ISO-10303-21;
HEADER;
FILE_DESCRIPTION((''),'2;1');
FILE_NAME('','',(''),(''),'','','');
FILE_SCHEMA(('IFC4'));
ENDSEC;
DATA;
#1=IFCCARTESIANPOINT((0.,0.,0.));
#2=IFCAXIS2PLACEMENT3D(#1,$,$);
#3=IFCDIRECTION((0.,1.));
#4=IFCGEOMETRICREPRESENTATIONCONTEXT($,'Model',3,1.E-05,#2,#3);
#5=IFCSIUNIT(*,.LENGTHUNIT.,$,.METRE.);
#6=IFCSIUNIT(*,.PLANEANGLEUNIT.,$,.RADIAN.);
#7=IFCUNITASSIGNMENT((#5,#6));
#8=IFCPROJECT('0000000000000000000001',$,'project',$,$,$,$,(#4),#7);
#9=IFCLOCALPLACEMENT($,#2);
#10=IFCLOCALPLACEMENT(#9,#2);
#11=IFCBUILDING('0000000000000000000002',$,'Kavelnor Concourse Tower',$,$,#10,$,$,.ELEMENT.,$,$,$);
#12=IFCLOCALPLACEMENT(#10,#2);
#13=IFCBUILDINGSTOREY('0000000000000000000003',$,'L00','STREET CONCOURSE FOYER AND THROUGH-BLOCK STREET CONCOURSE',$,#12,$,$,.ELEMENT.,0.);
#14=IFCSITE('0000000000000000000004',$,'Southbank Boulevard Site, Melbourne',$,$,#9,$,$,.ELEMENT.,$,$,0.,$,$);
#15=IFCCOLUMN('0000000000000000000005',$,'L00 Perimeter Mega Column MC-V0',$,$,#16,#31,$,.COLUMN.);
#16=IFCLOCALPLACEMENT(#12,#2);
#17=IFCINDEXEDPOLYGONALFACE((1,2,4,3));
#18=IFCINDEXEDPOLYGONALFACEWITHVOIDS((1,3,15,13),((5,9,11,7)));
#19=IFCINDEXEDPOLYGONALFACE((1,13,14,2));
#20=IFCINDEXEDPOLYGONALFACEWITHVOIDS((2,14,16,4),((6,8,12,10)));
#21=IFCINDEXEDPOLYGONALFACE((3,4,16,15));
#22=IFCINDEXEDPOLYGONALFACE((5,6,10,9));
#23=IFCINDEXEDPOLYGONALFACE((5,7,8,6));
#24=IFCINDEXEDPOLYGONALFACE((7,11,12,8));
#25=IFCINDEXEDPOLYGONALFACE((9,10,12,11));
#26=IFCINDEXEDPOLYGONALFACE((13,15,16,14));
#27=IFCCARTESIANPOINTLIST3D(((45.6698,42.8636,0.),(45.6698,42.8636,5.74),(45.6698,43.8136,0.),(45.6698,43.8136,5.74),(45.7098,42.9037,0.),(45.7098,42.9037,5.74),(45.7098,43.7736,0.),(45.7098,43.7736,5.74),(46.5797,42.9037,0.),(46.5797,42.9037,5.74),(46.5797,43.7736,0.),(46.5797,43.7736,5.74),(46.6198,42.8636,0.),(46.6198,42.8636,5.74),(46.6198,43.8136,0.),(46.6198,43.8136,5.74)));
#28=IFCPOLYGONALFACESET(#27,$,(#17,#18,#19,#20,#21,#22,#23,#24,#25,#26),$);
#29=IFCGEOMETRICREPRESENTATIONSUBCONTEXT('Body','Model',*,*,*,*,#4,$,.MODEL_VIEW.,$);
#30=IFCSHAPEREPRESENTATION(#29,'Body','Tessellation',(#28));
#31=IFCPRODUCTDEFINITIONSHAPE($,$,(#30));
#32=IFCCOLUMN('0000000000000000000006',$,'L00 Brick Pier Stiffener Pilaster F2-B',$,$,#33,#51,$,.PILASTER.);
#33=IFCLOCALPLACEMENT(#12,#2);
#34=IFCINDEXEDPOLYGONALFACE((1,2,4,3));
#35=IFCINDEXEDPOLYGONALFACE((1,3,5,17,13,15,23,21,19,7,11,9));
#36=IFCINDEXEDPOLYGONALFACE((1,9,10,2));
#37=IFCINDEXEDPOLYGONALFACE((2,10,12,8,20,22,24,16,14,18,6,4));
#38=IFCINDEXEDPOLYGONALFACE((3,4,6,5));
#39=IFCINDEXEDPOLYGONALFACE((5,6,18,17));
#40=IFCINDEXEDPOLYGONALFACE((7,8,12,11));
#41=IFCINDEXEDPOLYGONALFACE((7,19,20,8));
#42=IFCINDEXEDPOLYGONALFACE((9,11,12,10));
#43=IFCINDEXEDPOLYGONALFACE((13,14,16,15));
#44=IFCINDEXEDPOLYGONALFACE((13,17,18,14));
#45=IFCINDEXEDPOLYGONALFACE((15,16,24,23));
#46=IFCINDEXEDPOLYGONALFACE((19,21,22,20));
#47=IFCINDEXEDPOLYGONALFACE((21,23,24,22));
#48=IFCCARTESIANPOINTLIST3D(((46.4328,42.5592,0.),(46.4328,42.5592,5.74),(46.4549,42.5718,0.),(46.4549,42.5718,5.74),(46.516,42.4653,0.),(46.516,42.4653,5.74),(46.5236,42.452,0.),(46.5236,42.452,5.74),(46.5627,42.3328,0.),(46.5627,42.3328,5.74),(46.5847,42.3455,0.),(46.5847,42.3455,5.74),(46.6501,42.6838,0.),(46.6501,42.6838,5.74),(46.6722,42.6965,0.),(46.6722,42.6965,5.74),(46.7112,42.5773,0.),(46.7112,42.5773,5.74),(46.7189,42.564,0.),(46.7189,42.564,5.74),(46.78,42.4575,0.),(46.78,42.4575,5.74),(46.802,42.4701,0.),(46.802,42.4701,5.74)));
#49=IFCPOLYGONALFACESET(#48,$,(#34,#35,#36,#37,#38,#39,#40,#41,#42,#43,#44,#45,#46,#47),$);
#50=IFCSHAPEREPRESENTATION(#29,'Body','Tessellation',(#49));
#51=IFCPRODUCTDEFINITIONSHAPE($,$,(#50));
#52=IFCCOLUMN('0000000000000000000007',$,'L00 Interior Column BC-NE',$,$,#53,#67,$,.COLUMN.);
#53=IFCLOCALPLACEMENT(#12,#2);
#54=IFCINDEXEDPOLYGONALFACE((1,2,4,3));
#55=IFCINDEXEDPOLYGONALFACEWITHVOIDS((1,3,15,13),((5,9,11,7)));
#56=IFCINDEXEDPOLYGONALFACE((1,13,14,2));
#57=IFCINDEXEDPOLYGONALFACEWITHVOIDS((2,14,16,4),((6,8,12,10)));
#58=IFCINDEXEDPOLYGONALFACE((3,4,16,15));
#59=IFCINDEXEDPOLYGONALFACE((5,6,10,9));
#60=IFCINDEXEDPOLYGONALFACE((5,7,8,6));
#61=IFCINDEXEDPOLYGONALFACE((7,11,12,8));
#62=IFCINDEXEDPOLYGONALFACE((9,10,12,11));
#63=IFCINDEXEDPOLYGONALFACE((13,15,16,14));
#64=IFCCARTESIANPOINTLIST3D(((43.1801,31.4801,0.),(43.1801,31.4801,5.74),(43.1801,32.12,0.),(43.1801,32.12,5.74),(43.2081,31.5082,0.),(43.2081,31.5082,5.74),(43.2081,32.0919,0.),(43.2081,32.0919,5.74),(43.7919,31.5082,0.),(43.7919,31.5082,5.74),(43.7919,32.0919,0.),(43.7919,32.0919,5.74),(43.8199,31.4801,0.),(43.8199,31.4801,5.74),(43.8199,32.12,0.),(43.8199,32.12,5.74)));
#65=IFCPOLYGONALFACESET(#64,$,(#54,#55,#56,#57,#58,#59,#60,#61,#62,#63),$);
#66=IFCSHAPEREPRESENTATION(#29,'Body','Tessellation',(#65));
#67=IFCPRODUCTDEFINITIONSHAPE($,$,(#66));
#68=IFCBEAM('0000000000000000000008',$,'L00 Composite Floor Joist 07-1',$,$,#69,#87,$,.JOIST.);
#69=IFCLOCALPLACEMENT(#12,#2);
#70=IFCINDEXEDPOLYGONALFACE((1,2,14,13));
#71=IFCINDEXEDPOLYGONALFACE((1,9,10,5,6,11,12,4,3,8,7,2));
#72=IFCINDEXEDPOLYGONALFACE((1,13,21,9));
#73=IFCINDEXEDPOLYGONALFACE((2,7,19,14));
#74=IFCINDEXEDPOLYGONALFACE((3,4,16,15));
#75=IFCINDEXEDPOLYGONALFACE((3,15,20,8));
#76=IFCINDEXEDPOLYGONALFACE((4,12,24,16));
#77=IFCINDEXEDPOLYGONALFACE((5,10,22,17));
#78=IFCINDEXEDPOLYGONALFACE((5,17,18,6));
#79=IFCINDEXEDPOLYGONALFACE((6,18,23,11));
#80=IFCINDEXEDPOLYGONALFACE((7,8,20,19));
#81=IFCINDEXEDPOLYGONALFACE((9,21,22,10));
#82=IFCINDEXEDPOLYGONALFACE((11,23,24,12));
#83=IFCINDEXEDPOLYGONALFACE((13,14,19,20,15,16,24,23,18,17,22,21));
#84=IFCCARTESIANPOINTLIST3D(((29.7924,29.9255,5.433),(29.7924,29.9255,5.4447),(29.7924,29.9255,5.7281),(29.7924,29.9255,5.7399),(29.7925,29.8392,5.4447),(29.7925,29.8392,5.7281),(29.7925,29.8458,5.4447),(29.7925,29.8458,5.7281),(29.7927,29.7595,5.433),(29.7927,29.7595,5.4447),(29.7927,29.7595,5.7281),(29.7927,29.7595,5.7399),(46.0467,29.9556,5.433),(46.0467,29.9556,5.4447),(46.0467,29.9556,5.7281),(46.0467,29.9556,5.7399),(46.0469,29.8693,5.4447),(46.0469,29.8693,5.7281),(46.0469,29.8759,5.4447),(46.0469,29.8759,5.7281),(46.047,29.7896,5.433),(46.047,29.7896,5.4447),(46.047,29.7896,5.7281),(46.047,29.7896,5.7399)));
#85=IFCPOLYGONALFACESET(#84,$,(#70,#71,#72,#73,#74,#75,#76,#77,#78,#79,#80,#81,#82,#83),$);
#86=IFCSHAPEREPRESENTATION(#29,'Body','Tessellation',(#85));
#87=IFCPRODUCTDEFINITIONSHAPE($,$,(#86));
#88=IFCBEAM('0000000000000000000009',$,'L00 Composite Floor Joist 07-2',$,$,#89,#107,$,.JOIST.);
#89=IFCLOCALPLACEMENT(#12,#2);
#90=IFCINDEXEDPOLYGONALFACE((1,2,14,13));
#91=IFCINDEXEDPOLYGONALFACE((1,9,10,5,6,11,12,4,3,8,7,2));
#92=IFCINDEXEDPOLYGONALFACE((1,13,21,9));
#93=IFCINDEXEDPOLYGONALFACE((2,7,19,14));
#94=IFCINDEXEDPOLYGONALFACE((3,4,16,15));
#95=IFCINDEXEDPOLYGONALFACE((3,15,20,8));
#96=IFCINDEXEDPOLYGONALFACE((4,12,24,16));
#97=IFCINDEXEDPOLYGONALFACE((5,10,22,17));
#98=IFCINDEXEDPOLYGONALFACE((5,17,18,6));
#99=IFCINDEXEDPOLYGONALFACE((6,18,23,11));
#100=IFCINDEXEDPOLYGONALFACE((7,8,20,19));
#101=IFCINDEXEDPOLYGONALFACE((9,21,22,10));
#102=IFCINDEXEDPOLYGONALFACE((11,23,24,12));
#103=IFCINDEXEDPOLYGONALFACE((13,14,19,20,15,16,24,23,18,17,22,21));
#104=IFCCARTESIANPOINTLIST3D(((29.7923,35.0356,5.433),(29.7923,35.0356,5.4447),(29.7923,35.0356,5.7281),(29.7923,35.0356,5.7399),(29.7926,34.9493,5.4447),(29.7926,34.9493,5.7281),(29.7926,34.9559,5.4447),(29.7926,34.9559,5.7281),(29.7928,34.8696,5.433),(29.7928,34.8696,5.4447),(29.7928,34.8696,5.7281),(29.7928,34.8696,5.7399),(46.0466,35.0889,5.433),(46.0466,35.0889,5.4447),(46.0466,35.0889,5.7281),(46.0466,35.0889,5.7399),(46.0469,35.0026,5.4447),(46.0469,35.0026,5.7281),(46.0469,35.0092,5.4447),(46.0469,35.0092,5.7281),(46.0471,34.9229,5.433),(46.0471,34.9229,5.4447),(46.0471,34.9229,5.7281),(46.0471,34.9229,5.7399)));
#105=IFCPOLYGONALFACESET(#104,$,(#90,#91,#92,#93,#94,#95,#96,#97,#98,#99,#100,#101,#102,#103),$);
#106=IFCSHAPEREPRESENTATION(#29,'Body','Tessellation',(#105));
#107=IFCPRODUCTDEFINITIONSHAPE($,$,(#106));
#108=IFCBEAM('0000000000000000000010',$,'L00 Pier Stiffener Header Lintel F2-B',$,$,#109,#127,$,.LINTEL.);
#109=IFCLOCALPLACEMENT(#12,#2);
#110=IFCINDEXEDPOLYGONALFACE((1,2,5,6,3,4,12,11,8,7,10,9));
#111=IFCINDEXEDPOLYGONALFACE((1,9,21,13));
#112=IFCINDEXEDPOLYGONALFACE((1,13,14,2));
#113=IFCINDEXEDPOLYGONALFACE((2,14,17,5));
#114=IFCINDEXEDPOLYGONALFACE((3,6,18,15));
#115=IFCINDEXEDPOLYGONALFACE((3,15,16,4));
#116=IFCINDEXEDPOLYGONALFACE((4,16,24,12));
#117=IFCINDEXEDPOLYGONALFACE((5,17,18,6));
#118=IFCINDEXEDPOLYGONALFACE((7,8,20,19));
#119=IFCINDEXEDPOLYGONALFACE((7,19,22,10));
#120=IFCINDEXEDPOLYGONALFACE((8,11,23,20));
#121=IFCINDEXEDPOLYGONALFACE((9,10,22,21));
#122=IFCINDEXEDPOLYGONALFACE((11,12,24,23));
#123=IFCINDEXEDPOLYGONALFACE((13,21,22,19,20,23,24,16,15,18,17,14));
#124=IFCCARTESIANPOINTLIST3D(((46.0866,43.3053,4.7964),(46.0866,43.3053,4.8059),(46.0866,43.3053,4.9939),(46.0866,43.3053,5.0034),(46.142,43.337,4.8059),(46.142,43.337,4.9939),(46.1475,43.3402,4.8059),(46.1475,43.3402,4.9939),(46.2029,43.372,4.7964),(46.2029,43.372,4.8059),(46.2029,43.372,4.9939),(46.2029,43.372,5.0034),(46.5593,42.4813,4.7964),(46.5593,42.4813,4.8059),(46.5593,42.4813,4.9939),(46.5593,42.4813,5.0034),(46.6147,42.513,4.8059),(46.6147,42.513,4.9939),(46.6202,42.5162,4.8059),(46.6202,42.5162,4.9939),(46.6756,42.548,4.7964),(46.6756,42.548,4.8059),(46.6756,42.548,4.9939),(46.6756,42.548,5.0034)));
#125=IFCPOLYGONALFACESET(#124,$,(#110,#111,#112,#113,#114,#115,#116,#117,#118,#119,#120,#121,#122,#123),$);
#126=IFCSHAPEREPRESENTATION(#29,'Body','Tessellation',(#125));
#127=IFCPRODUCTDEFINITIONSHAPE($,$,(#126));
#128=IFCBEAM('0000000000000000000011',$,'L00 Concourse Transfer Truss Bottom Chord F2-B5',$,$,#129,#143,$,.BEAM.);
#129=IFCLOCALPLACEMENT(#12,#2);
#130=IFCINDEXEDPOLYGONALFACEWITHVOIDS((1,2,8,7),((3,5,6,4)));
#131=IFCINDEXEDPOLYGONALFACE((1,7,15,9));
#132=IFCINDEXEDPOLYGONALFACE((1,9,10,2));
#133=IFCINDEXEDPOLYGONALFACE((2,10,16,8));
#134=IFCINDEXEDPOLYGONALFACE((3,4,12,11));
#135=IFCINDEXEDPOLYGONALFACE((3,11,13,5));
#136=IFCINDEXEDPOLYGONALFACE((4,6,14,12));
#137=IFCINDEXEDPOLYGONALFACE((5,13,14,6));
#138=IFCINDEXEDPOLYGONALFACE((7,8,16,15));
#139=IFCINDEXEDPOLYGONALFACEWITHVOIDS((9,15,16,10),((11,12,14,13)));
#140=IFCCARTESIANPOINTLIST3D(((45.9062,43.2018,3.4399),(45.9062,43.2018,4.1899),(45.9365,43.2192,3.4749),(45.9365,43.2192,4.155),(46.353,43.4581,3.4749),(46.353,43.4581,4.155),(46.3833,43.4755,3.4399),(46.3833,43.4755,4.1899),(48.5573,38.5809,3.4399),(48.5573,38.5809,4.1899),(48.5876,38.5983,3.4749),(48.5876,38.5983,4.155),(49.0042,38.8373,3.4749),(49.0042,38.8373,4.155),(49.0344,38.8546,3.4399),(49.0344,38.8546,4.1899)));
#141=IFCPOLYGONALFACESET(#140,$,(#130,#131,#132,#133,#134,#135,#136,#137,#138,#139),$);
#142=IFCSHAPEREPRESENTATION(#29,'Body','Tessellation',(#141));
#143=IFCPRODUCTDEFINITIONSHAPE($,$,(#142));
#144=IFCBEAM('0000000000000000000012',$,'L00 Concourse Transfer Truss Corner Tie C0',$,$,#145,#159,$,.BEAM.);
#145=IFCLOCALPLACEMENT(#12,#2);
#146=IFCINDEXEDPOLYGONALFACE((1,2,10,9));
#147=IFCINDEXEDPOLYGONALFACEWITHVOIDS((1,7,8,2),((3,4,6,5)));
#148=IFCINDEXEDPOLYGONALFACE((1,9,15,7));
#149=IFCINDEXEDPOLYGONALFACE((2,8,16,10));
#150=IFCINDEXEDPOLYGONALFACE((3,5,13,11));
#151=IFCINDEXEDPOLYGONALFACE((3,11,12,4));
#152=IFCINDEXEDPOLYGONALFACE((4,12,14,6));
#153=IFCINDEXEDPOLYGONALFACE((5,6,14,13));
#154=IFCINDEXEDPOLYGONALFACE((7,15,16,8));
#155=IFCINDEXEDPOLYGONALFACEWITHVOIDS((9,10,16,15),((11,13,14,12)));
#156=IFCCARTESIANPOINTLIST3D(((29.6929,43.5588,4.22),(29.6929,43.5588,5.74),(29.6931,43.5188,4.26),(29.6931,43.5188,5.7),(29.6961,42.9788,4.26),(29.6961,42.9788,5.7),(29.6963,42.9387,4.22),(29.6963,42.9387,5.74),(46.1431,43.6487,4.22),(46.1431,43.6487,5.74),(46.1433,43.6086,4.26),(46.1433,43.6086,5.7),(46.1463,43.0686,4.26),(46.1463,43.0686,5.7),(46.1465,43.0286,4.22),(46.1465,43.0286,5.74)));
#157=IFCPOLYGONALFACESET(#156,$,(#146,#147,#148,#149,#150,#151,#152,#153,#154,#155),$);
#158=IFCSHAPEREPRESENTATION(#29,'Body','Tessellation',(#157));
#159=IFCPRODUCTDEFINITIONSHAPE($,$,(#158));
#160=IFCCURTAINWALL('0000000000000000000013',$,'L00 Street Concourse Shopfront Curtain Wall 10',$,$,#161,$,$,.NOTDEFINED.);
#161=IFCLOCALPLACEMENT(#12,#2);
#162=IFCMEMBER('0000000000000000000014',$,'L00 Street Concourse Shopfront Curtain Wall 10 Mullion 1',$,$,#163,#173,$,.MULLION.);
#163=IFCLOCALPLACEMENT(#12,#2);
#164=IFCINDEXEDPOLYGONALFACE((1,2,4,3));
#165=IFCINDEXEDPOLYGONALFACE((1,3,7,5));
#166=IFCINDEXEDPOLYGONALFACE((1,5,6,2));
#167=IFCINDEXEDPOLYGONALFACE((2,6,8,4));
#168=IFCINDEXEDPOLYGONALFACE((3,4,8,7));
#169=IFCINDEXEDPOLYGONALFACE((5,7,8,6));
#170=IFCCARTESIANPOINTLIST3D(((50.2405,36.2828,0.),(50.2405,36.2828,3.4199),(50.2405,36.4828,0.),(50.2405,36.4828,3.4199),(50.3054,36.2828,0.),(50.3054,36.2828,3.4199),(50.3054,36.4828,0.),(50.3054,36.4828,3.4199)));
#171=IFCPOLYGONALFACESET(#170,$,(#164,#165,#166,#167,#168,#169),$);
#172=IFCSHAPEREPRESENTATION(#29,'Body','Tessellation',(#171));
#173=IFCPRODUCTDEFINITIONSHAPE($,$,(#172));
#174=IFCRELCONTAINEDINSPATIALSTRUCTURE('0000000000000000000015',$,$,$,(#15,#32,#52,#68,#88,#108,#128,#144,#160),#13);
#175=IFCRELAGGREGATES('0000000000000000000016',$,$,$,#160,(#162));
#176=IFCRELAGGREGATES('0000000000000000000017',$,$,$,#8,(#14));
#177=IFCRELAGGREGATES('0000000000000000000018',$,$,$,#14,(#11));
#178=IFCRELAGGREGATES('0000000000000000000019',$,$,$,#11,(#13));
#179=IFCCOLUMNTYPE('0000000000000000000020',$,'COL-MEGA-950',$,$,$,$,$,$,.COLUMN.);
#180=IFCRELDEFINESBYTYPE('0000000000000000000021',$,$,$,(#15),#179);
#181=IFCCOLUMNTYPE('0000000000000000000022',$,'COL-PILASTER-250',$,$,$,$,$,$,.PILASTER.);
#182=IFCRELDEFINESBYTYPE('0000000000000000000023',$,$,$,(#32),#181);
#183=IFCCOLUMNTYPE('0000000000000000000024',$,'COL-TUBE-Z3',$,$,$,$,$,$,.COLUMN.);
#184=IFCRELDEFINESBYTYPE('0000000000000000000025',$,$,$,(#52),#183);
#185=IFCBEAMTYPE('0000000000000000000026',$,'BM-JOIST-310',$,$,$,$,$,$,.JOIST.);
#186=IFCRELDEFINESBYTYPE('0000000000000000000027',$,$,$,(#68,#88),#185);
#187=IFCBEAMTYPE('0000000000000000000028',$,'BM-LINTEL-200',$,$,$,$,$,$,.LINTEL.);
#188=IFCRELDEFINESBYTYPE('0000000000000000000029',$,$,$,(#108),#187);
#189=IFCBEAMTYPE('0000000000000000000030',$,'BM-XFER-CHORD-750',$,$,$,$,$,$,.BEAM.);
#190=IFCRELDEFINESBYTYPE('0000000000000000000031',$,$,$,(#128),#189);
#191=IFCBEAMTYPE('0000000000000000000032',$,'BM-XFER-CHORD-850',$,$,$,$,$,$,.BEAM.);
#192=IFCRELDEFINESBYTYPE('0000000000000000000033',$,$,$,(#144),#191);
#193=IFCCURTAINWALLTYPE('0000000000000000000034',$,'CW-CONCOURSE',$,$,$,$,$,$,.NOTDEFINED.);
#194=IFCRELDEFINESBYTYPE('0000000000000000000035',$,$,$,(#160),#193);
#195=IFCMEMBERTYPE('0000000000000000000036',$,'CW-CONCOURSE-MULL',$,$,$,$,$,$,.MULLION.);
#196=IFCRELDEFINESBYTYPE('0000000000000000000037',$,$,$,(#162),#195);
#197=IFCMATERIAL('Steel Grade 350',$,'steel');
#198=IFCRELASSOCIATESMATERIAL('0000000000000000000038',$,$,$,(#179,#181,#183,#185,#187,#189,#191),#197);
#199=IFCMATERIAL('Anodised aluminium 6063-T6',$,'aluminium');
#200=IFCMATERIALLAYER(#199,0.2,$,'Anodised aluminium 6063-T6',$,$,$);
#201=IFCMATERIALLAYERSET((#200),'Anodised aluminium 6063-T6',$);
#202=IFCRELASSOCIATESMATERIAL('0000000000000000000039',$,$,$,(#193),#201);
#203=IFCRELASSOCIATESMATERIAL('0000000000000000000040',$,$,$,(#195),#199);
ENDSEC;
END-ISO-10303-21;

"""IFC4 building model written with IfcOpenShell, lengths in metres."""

from ifc_helpers import new_model, si_unit, direction, frame, origin, origin_2d, place, context, subcontext, project, spatial, rectangle, hollow_rectangle, i_section, extrude, material, layer, layer_set, material_profile, profile_set, type_object, element, aggregate, save


model = new_model("IFC4")

# Units and contexts
model_context = context("Model", 3, precision=1e-05, world=origin(), true_north=direction((0.0, 1.0)))
body_context = subcontext(model_context, "Body", "Model", "MODEL_VIEW")
ifc_project = project(units=[si_unit("LENGTHUNIT", "METRE"), si_unit("PLANEANGLEUNIT", "RADIAN")], contexts=[model_context])

# Site, building, storey
site_placement = place(None, origin())
site = spatial("IfcSite", under=ifc_project, at=site_placement, Name="Southbank Boulevard Site, Melbourne", CompositionType="ELEMENT", RefElevation=0.0)
building_placement = place(site_placement, origin())
building = spatial("IfcBuilding", under=site, at=building_placement, Name="Kavelnor Concourse Tower", CompositionType="ELEMENT")
storey_placement = place(building_placement, origin())
storey = spatial("IfcBuildingStorey", under=building, at=storey_placement, Name="L00", Description="STREET CONCOURSE FOYER AND THROUGH-BLOCK STREET CONCOURSE", CompositionType="ELEMENT", Elevation=0.0)

# Columns
ifc_material_1 = material(Name="Steel Grade 350", Category="steel")
ifc_material_profile_1 = material_profile(ifc_material_1, hollow_rectangle(XDim=0.95, YDim=0.95, WallThickness=0.04, at=origin_2d()), Name="SHS 950x950x40")
ifc_profile_set_1 = profile_set([ifc_material_profile_1], Name="Steel Grade 350")
column_type_1 = type_object("IfcColumnType", Name="COL-MEGA-950", PredefinedType="COLUMN", material=ifc_profile_set_1)
column_1_placement = place(storey_placement, frame((46.1448, 43.3386, 0.0), z_axis=(0.0, 0.0, 1.0), x_axis=(1.0, 0.0, 0.0)))
element("IfcColumn", 1, at=column_1_placement, inside=storey, type_object=column_type_1, Name="L00 Perimeter Mega Column MC-V0", PredefinedType="COLUMN", context=body_context, shape_type="SweptSolid", body=[
    extrude(hollow_rectangle(XDim=0.95, YDim=0.95, WallThickness=0.04, at=origin_2d()), origin(), (0.0, 0.0, 1.0), 5.74),
])
ifc_material_profile_2 = material_profile(ifc_material_1, i_section(OverallWidth=0.261, OverallDepth=0.2759, WebThickness=0.0154, FlangeThickness=0.0254, at=origin_2d()), Name="UC 254x254x132")
ifc_profile_set_2 = profile_set([ifc_material_profile_2], Name="Steel Grade 350")
column_type_2 = type_object("IfcColumnType", Name="COL-PILASTER-250", PredefinedType="PILASTER", material=ifc_profile_set_2)
column_2_placement = place(storey_placement, frame((46.6174, 42.5146, 0.0), z_axis=(0.0, 0.0, 1.0), x_axis=(-0.49758, 0.867418, 0.0)))
element("IfcColumn", 2, at=column_2_placement, inside=storey, type_object=column_type_2, Name="L00 Brick Pier Stiffener Pilaster F2-B", PredefinedType="PILASTER", context=body_context, shape_type="SweptSolid", body=[
    extrude(i_section(OverallWidth=0.261, OverallDepth=0.2759, WebThickness=0.0154, FlangeThickness=0.0254, at=origin_2d()), origin(), (0.0, 0.0, 1.0), 5.74),
])
ifc_material_profile_3 = material_profile(ifc_material_1, hollow_rectangle(XDim=0.6399, YDim=0.6399, WallThickness=0.0281, at=origin_2d()), Name="SHS 640x640x28")
ifc_profile_set_3 = profile_set([ifc_material_profile_3], Name="Steel Grade 350")
column_type_3 = type_object("IfcColumnType", Name="COL-TUBE-Z3", PredefinedType="COLUMN", material=ifc_profile_set_3)
column_3_placement = place(storey_placement, frame((43.5, 31.8, 0.0), z_axis=(0.0, 0.0, 1.0), x_axis=(1.0, 0.0, 0.0)))
element("IfcColumn", 3, at=column_3_placement, inside=storey, type_object=column_type_3, Name="L00 Interior Column BC-NE", PredefinedType="COLUMN", context=body_context, shape_type="SweptSolid", body=[
    extrude(hollow_rectangle(XDim=0.6399, YDim=0.6399, WallThickness=0.0281, at=origin_2d()), origin(), (0.0, 0.0, 1.0), 5.74),
])

# Beams
ifc_material_profile_4 = material_profile(ifc_material_1, i_section(OverallWidth=0.166, OverallDepth=0.3069, WebThickness=0.0066, FlangeThickness=0.0117, at=origin_2d()), Name="310UB46")
ifc_profile_set_4 = profile_set([ifc_material_profile_4], Name="Steel Grade 350")
beam_type_1 = type_object("IfcBeamType", Name="BM-JOIST-310", PredefinedType="JOIST", material=ifc_profile_set_4)
for number, where, z_axis, x_axis, name in (
    (4, (46.0469, 29.8726, 5.5864), (-0.999998, -0.001847, 0.0), (0.001847, -0.999998, 0.0), "L00 Composite Floor Joist 07-1"),
    (5, (46.0469, 35.0059, 5.5864), (-0.999995, -0.003274, 0.0), (0.003274, -0.999995, 0.0), "L00 Composite Floor Joist 07-2"),
):
    element("IfcBeam", number, at=place(storey_placement, frame(where, z_axis=z_axis, x_axis=x_axis)), inside=storey, type_object=beam_type_1, Name=name, PredefinedType="JOIST", context=body_context, shape_type="SweptSolid", body=[
        extrude(i_section(OverallWidth=0.166, OverallDepth=0.3069, WebThickness=0.0066, FlangeThickness=0.0117, at=origin_2d()), origin(), (0.0, 0.0, 1.0), 16.2544),
    ])
ifc_material_profile_5 = material_profile(ifc_material_1, i_section(OverallWidth=0.134, OverallDepth=0.207, WebThickness=0.0063, FlangeThickness=0.0095, at=origin_2d()), Name="200UB29")
ifc_profile_set_5 = profile_set([ifc_material_profile_5], Name="Steel Grade 350")
beam_type_2 = type_object("IfcBeamType", Name="BM-LINTEL-200", PredefinedType="LINTEL", material=ifc_profile_set_5)
beam_1_placement = place(storey_placement, frame((46.1448, 43.3386, 4.8999), z_axis=(0.497578, -0.86742, 0.0), x_axis=(0.86742, 0.497578, 0.0)))
element("IfcBeam", 6, at=beam_1_placement, inside=storey, type_object=beam_type_2, Name="L00 Pier Stiffener Header Lintel F2-B", PredefinedType="LINTEL", context=body_context, shape_type="SweptSolid", body=[
    extrude(i_section(OverallWidth=0.134, OverallDepth=0.207, WebThickness=0.0063, FlangeThickness=0.0095, at=origin_2d()), origin(), (0.0, 0.0, 1.0), 0.95),
])
ifc_material_profile_6 = material_profile(ifc_material_1, hollow_rectangle(XDim=0.55, YDim=0.75, WallThickness=0.0349, at=origin_2d()), Name="RHS 750x550x35")
ifc_profile_set_6 = profile_set([ifc_material_profile_6], Name="Steel Grade 350")
beam_type_3 = type_object("IfcBeamType", Name="BM-XFER-CHORD-750", PredefinedType="BEAM", material=ifc_profile_set_6)
beam_2_placement = place(storey_placement, frame((48.7959, 38.7178, 3.8149), z_axis=(-0.497643, 0.867382, 0.0), x_axis=(-0.867382, -0.497643, 0.0)))
element("IfcBeam", 7, at=beam_2_placement, inside=storey, type_object=beam_type_3, Name="L00 Concourse Transfer Truss Bottom Chord F2-B5", PredefinedType="BEAM", context=body_context, shape_type="SweptSolid", body=[
    extrude(hollow_rectangle(XDim=0.55, YDim=0.75, WallThickness=0.0349, at=origin_2d()), origin(), (0.0, 0.0, 1.0), 5.3274),
])
ifc_material_profile_7 = material_profile(ifc_material_1, hollow_rectangle(XDim=0.6201, YDim=1.52, WallThickness=0.04, at=origin_2d()), Name="RHS 1520x620x40")
ifc_profile_set_7 = profile_set([ifc_material_profile_7], Name="Steel Grade 350")
beam_type_4 = type_object("IfcBeamType", Name="BM-XFER-CHORD-850", PredefinedType="BEAM", material=ifc_profile_set_7)
beam_3_placement = place(storey_placement, frame((46.1448, 43.3386, 4.98), z_axis=(-0.999985, -0.005461, 0.0), x_axis=(0.005461, -0.999985, 0.0)))
element("IfcBeam", 8, at=beam_3_placement, inside=storey, type_object=beam_type_4, Name="L00 Concourse Transfer Truss Corner Tie C0", PredefinedType="BEAM", context=body_context, shape_type="SweptSolid", body=[
    extrude(hollow_rectangle(XDim=0.6201, YDim=1.52, WallThickness=0.04, at=origin_2d()), origin(), (0.0, 0.0, 1.0), 16.4504),
])

# Curtain wall, member
ifc_material_2 = material(Name="Anodised aluminium 6063-T6", Category="aluminium")
ifc_layer_1 = layer(ifc_material_2, 0.2, Name="Anodised aluminium 6063-T6")
ifc_layer_set_1 = layer_set([ifc_layer_1], Name="Anodised aluminium 6063-T6")
curtain_wall_type = type_object("IfcCurtainWallType", Name="CW-CONCOURSE", PredefinedType="NOTDEFINED", material=ifc_layer_set_1)
curtain_wall_placement = place(storey_placement, origin())
curtain_wall = element("IfcCurtainWall", 9, at=curtain_wall_placement, inside=storey, type_object=curtain_wall_type, Name="L00 Street Concourse Shopfront Curtain Wall 10", PredefinedType="NOTDEFINED")
ifc_material_profile_8 = material_profile(ifc_material_2, rectangle(XDim=0.0649, YDim=0.2, at=origin_2d()), Name="AL-MULL 65x200")
ifc_profile_set_8 = profile_set([ifc_material_profile_8], Name="Anodised aluminium 6063-T6")
member_type_1 = type_object("IfcMemberType", Name="CW-CONCOURSE-MULL", PredefinedType="MULLION", material=ifc_profile_set_8)
member_1_placement = place(storey_placement, frame((50.2729, 36.3828, 0.0), z_axis=(0.0, 0.0, 1.0), x_axis=(1.0, 0.0, 0.0)))
member_1 = element("IfcMember", 10, at=member_1_placement, type_object=member_type_1, Name="L00 Street Concourse Shopfront Curtain Wall 10 Mullion 1", PredefinedType="MULLION", context=body_context, shape_type="SweptSolid", body=[
    extrude(rectangle(XDim=0.0649, YDim=0.2, at=origin_2d()), origin(), (0.0, 0.0, 1.0), 3.4199),
])

aggregate(curtain_wall, [member_1])

save(model, "model.ifc")
